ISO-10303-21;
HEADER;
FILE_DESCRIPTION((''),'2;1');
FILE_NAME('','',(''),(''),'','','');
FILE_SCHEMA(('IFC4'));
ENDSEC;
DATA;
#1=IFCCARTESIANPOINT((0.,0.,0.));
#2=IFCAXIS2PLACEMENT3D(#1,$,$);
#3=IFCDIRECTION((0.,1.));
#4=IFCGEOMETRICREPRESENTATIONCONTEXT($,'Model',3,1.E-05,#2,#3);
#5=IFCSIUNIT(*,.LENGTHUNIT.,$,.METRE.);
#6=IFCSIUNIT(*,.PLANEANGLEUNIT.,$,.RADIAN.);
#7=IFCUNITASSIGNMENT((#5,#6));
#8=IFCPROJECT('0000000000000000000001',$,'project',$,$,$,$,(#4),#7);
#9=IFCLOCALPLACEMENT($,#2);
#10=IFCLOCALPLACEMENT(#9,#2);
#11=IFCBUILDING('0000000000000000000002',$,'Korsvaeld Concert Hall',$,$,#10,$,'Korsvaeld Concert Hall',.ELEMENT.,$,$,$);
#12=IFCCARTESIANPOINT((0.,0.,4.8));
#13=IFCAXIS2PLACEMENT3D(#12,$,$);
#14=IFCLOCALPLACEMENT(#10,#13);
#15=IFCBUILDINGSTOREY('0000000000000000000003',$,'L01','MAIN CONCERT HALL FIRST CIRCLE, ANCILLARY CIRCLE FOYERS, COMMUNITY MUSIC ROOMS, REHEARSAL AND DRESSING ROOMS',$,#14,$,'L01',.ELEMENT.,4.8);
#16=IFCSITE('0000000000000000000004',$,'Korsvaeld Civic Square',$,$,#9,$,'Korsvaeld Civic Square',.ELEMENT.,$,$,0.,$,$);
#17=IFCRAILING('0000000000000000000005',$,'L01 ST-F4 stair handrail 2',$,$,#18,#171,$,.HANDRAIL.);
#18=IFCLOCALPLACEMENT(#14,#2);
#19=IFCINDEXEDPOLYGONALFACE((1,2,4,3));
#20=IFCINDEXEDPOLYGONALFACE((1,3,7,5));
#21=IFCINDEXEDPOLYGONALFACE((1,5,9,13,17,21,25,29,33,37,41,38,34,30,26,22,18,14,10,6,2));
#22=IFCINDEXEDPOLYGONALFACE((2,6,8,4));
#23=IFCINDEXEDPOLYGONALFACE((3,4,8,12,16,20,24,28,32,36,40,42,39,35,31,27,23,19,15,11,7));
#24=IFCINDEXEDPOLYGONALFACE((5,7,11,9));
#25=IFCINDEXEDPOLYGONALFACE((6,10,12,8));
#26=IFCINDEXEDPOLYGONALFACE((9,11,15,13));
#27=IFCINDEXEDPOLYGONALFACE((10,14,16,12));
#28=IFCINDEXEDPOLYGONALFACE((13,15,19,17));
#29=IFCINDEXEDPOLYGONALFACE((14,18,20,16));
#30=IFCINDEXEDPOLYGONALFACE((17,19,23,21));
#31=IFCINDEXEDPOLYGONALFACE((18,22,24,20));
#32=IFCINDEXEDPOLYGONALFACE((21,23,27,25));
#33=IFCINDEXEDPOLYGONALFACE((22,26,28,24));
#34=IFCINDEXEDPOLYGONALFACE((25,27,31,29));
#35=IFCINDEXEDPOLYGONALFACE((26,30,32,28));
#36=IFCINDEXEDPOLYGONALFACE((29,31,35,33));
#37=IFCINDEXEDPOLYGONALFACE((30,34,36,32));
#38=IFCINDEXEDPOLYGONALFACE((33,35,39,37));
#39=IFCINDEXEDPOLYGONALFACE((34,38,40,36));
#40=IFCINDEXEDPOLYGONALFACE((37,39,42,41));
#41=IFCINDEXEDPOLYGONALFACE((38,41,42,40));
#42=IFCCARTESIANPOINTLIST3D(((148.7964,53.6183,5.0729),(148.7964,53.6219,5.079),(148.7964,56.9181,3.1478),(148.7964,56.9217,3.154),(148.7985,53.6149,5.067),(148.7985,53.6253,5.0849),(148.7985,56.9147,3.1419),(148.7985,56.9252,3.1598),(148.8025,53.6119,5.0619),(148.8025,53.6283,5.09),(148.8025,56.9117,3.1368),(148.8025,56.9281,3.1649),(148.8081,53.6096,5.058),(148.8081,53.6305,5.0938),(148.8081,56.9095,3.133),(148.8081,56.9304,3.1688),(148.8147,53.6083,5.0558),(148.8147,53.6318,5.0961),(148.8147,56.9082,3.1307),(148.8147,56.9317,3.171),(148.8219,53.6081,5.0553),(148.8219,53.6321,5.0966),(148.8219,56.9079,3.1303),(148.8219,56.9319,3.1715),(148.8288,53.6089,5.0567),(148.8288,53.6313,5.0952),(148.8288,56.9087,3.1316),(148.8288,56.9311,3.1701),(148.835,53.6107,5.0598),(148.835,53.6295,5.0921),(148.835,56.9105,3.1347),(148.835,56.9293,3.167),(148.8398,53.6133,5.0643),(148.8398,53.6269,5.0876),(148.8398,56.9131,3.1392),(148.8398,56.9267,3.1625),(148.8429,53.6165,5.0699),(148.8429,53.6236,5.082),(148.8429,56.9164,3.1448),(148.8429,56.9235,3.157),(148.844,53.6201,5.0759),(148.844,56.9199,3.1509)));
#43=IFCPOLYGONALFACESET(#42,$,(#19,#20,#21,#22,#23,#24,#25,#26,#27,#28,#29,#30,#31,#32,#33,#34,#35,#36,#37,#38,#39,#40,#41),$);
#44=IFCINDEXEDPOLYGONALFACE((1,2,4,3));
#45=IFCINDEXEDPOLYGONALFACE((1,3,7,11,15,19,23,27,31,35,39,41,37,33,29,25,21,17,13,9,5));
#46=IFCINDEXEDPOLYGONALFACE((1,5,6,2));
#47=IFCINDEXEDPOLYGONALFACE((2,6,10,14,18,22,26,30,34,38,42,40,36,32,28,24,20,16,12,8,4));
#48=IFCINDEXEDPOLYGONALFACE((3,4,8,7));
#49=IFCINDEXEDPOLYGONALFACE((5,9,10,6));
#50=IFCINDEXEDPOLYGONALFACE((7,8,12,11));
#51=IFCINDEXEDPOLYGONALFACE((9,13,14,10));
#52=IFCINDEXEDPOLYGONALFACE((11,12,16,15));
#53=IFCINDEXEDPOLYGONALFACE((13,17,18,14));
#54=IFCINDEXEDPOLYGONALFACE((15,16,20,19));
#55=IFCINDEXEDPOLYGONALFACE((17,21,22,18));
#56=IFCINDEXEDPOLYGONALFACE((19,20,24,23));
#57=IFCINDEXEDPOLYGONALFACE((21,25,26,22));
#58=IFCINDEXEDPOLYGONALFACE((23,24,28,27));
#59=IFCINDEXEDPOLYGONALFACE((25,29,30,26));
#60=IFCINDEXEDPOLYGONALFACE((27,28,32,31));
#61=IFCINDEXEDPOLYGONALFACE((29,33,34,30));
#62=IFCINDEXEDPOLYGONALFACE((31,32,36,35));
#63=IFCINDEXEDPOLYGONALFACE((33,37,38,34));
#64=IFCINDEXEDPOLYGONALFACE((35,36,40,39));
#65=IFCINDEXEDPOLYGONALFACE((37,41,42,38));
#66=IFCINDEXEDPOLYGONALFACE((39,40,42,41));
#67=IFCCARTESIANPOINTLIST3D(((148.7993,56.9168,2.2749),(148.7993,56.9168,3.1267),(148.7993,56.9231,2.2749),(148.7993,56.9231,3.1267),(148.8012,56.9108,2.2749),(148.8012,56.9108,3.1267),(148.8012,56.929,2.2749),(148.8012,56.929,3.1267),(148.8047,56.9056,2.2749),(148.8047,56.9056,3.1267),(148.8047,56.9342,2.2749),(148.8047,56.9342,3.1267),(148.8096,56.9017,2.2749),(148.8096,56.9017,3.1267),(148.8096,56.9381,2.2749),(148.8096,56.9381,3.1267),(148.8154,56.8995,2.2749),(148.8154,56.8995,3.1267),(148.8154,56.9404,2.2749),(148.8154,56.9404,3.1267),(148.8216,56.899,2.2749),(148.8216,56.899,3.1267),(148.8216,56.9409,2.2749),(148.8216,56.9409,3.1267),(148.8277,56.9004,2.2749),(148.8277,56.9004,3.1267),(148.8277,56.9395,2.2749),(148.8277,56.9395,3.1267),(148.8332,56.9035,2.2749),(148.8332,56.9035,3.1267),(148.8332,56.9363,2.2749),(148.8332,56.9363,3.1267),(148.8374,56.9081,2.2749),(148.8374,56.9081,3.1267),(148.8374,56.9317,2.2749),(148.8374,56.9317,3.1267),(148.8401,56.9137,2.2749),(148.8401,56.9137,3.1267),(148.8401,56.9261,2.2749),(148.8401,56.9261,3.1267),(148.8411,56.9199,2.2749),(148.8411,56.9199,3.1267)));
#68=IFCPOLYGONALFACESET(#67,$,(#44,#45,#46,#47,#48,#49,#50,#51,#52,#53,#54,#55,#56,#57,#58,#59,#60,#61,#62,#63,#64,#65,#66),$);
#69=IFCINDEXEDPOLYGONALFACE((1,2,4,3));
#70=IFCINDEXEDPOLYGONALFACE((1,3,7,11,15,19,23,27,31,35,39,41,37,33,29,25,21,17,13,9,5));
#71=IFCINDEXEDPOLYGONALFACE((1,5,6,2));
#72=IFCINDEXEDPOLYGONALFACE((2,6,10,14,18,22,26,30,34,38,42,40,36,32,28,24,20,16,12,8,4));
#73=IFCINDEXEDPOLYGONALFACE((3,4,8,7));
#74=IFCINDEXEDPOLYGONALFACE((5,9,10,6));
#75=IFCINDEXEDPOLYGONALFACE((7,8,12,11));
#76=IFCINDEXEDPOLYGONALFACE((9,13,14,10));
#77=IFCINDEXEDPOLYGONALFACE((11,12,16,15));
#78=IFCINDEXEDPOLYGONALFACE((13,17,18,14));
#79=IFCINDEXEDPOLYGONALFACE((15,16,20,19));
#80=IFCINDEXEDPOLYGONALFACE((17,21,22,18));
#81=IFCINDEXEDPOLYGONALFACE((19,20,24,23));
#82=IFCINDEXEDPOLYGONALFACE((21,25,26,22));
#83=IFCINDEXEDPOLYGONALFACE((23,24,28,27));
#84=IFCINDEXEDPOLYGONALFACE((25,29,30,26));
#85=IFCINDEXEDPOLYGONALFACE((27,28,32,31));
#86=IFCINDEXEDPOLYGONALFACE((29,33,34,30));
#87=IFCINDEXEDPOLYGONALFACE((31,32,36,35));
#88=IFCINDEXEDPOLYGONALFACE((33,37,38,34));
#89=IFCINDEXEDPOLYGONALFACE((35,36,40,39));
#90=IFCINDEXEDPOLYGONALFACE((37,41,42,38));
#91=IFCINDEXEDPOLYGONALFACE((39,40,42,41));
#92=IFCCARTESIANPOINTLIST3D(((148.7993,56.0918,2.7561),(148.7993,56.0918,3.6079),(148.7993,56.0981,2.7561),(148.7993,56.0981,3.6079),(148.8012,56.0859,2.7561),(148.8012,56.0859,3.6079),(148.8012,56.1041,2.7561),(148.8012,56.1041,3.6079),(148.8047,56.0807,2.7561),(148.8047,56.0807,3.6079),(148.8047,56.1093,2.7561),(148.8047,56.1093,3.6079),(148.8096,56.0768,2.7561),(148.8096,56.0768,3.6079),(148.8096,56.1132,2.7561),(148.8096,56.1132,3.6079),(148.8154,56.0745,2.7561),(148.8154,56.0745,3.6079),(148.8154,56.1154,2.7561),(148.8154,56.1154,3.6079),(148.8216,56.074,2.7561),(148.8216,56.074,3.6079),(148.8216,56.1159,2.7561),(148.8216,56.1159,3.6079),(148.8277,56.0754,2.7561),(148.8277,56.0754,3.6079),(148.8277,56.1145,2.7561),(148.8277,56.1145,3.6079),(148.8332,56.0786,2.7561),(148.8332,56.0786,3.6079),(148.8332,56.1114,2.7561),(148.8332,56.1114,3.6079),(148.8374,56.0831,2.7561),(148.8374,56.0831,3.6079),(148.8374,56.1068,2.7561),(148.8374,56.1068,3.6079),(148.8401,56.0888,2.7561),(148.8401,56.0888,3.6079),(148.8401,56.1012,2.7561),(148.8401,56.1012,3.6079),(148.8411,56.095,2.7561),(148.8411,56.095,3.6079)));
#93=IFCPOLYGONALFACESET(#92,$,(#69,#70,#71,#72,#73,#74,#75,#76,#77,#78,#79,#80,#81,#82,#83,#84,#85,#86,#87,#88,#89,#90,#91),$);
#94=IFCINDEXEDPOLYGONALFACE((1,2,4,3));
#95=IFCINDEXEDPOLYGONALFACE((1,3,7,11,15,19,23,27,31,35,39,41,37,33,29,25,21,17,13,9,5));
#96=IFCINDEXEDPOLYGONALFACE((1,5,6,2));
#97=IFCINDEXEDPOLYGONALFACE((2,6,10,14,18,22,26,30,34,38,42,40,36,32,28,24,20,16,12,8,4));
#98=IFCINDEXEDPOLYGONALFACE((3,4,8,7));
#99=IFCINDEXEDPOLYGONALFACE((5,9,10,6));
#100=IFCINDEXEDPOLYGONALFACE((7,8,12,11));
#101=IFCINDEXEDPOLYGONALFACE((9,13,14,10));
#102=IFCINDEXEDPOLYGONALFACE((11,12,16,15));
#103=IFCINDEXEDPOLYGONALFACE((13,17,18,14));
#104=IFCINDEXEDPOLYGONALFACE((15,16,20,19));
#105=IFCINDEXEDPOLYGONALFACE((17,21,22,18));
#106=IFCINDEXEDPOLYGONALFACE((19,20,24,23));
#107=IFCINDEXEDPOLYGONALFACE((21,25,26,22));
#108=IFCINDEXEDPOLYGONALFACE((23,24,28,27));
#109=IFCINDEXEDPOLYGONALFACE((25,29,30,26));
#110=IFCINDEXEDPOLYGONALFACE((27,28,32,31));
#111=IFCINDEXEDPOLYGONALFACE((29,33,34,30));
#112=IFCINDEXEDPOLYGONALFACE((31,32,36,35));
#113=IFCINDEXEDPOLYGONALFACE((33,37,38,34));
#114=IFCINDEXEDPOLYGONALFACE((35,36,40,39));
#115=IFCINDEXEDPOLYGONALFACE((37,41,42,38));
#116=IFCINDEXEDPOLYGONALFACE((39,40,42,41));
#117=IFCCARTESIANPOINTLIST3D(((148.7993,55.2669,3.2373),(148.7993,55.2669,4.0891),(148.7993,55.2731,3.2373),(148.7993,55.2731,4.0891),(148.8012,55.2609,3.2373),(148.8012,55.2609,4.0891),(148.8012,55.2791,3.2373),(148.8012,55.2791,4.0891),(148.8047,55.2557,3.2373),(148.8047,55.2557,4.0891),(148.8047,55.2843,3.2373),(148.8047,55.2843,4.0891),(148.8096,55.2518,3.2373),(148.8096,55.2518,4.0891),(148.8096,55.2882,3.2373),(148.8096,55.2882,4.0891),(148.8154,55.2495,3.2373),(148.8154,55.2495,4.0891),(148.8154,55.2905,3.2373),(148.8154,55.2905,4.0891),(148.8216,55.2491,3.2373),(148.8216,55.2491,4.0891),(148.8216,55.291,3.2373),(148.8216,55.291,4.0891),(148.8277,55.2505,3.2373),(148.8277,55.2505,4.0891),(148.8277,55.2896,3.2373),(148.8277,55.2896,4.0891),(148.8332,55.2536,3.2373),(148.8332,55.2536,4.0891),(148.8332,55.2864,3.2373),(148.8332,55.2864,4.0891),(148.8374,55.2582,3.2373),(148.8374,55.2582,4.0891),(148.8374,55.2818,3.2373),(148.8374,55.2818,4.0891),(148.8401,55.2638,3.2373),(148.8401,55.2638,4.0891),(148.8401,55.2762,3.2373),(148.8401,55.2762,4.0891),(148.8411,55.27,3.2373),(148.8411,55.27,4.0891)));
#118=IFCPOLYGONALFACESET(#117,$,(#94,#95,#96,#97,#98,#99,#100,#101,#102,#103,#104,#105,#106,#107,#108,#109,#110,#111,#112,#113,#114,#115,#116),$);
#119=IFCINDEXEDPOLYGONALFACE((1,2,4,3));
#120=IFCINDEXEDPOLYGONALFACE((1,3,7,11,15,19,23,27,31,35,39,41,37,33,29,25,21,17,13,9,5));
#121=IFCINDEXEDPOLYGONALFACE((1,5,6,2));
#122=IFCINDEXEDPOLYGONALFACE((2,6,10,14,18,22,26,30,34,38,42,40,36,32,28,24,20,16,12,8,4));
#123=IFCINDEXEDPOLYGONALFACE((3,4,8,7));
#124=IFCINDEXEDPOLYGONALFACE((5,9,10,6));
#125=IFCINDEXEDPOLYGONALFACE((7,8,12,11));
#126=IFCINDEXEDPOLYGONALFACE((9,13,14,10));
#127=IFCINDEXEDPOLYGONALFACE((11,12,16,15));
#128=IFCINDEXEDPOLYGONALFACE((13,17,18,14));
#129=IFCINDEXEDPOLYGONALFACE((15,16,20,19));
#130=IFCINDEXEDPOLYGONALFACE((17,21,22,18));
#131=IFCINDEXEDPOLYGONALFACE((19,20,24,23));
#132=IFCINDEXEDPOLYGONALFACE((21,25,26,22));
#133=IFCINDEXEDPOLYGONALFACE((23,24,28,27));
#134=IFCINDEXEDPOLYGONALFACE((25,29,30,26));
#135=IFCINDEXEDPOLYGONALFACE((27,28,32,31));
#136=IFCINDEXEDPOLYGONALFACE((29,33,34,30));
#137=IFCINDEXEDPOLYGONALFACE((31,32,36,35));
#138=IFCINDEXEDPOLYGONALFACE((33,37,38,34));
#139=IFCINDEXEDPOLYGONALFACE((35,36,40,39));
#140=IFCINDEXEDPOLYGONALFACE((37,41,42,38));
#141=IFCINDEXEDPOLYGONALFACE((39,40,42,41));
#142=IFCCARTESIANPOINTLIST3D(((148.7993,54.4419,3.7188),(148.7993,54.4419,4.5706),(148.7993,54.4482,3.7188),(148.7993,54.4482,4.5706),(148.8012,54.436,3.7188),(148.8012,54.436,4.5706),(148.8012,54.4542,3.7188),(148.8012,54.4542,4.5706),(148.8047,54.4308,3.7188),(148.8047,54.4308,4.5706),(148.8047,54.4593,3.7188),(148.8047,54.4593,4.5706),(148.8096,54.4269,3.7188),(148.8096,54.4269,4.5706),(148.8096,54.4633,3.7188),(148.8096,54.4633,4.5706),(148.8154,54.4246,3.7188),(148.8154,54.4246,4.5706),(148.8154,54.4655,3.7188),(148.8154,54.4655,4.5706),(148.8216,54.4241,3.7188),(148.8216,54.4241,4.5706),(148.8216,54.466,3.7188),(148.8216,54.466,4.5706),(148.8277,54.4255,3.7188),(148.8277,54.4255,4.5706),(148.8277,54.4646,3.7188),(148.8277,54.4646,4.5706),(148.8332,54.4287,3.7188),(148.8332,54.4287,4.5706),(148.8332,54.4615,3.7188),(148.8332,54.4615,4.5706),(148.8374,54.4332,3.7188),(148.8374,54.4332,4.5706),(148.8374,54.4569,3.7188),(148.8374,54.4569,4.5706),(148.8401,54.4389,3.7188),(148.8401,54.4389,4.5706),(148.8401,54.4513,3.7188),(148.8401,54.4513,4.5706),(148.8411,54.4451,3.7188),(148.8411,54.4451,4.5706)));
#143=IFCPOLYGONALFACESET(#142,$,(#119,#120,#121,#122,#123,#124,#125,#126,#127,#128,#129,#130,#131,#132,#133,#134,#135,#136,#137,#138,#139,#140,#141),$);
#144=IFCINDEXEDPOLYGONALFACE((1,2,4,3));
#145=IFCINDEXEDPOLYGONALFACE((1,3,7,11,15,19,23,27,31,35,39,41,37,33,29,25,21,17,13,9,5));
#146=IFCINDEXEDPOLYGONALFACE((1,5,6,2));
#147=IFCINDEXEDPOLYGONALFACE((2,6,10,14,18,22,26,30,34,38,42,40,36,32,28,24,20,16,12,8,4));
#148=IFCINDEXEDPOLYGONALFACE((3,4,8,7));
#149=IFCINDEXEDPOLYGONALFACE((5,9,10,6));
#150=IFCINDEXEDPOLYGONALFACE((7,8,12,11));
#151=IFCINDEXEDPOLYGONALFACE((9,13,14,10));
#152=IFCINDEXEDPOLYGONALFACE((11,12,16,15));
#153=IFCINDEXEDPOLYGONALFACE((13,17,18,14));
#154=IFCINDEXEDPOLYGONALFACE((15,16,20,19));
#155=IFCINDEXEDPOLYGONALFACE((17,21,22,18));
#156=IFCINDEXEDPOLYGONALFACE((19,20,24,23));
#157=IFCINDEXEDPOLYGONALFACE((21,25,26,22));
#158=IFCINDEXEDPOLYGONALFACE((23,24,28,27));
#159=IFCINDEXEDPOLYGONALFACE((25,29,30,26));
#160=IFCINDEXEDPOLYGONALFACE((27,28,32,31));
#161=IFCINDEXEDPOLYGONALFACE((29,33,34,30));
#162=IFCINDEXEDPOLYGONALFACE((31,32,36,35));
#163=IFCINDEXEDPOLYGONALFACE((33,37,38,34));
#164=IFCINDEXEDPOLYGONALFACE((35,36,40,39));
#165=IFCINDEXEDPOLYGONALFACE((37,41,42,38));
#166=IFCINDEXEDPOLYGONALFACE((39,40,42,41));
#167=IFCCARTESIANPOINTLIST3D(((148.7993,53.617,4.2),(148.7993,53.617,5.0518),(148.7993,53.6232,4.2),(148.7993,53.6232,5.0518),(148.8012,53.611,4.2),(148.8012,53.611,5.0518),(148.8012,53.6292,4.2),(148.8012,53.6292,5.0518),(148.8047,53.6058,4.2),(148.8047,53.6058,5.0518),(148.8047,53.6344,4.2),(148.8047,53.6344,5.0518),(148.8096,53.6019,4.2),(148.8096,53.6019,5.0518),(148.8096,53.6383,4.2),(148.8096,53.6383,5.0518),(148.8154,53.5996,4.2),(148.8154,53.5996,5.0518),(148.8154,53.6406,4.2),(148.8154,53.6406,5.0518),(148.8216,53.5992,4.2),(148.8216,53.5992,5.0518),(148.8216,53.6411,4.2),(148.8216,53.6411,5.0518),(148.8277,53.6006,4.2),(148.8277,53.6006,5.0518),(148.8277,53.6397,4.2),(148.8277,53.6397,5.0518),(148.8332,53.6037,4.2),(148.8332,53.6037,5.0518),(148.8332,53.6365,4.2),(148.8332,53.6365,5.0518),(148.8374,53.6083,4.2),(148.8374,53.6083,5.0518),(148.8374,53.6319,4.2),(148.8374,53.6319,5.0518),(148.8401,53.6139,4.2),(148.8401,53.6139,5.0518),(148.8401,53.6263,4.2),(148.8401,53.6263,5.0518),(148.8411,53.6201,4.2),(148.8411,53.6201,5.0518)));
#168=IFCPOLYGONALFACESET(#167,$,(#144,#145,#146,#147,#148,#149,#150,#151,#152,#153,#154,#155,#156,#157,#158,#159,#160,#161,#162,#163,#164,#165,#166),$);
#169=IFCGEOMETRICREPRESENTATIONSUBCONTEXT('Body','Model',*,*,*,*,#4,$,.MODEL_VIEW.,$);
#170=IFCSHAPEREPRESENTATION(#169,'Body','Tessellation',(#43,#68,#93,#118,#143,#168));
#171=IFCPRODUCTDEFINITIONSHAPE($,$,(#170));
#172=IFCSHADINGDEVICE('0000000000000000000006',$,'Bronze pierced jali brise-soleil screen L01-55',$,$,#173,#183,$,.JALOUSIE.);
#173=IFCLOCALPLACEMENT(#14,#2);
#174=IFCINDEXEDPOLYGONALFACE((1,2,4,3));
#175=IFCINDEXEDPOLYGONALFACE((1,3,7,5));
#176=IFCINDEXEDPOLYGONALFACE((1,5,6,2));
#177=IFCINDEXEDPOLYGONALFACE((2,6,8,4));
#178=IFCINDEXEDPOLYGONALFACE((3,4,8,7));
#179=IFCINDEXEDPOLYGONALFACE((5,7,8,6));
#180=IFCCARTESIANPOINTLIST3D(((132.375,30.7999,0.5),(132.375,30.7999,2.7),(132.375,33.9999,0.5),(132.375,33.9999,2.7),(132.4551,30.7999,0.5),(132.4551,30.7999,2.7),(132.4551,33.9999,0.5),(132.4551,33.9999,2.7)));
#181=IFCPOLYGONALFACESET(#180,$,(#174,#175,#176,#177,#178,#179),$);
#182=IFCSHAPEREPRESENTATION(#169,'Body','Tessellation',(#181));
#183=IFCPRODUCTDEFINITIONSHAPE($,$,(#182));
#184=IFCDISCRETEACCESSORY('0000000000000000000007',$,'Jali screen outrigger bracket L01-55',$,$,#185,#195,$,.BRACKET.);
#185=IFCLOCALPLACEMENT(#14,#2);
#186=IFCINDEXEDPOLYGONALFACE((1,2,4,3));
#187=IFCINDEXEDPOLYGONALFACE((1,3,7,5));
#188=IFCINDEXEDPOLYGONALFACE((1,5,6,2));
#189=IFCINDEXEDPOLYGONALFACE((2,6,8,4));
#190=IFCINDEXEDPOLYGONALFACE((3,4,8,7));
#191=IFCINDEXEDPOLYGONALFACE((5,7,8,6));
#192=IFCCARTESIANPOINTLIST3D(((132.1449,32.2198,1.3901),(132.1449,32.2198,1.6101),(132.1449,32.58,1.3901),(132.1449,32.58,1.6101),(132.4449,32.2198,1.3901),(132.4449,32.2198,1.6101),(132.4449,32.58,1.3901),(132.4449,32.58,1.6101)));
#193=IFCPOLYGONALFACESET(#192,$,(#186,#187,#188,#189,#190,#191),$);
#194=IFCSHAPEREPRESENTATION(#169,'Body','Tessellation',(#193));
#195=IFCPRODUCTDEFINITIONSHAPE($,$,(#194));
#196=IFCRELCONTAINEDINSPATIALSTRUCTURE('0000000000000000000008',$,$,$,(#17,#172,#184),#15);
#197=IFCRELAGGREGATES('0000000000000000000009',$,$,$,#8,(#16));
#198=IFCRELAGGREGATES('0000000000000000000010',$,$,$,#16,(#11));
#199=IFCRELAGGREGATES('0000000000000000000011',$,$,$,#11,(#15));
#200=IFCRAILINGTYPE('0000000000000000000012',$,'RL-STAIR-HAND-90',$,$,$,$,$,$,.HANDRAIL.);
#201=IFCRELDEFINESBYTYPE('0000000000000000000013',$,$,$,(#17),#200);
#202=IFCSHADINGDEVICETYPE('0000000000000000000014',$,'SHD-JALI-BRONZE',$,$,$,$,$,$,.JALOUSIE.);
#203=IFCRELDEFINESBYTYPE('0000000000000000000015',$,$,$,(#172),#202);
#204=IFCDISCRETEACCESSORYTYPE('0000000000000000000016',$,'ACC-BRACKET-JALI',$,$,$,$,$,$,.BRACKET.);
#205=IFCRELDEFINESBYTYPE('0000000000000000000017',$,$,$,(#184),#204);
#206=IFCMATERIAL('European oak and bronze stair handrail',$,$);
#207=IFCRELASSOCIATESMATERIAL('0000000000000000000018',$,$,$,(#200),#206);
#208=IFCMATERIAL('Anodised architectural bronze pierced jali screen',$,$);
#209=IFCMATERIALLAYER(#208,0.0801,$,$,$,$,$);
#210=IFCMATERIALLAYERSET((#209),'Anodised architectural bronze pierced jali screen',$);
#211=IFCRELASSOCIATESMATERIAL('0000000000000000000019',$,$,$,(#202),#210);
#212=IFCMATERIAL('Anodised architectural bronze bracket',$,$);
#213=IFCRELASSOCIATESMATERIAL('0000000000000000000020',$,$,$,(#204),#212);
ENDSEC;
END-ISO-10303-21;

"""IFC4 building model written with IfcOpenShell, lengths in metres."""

from ifc_helpers import new_model, si_unit, direction, frame, origin, origin_2d, place, context, subcontext, project, spatial, rectangle, circle, extrude, material, layer, layer_set, type_object, element, save


model = new_model("IFC4")

# Units and contexts
model_context = context("Model", 3, precision=1e-05, world=origin(), true_north=direction((0.0, 1.0)))
body_context = subcontext(model_context, "Body", "Model", "MODEL_VIEW")
ifc_project = project(units=[si_unit("LENGTHUNIT", "METRE"), si_unit("PLANEANGLEUNIT", "RADIAN")], contexts=[model_context])

# Site, building, storey
site_placement = place(None, origin())
site = spatial("IfcSite", under=ifc_project, at=site_placement, Name="Korsvaeld Civic Square", LongName="Korsvaeld Civic Square", CompositionType="ELEMENT", RefElevation=0.0)
building_placement = place(site_placement, origin())
building = spatial("IfcBuilding", under=site, at=building_placement, Name="Korsvaeld Concert Hall", LongName="Korsvaeld Concert Hall", CompositionType="ELEMENT")
storey_placement = place(building_placement, frame((0.0, 0.0, 4.8)))
storey = spatial("IfcBuildingStorey", under=building, at=storey_placement, Name="L01", Description="MAIN CONCERT HALL FIRST CIRCLE, ANCILLARY CIRCLE FOYERS, COMMUNITY MUSIC ROOMS, REHEARSAL AND DRESSING ROOMS", LongName="L01", CompositionType="ELEMENT", Elevation=4.8)

# Railing
ifc_material_1 = material(Name="European oak and bronze stair handrail")
railing_type = type_object("IfcRailingType", Name="RL-STAIR-HAND-90", PredefinedType="HANDRAIL", material=ifc_material_1)
railing_placement = place(storey_placement, frame((148.8201, 56.9199, 2.2749)))
element("IfcRailing", 1, at=railing_placement, inside=storey, type_object=railing_type, Name="L01 ST-F4 stair handrail 2", PredefinedType="HANDRAIL", context=body_context, shape_type="SweptSolid", body=[
    extrude(circle(Radius=0.0239, at=origin_2d()), frame((0.0, 0.0, 0.876), z_axis=(0.0, -0.86376, 0.503903), x_axis=(1.0, 0.0, 0.0)), (0.0, 0.0, 1.0), 3.8203),
    extrude(circle(Radius=0.021, at=origin_2d()), origin(), (0.0, 0.0, 1.0), 0.8518),
    extrude(circle(Radius=0.021, at=origin_2d()), frame((0.0, -0.825, 0.4812)), (0.0, 0.0, 1.0), 0.8518),
    extrude(circle(Radius=0.021, at=origin_2d()), frame((0.0, -1.6499, 0.9624)), (0.0, 0.0, 1.0), 0.8518),
    extrude(circle(Radius=0.021, at=origin_2d()), frame((0.0, -2.4749, 1.4438)), (0.0, 0.0, 1.0), 0.8518),
    extrude(circle(Radius=0.021, at=origin_2d()), frame((0.0, -3.2998, 1.925)), (0.0, 0.0, 1.0), 0.8518),
])

# Shading device
ifc_material_2 = material(Name="Anodised architectural bronze pierced jali screen")
ifc_layer_1 = layer(ifc_material_2, 0.0801)
ifc_layer_set_1 = layer_set([ifc_layer_1], Name="Anodised architectural bronze pierced jali screen")
shading_device_type = type_object("IfcShadingDeviceType", Name="SHD-JALI-BRONZE", PredefinedType="JALOUSIE", material=ifc_layer_set_1)
shading_device_placement = place(storey_placement, frame((132.415, 32.3999, 0.5), z_axis=(0.0, 0.0, 1.0), x_axis=(0.0, 1.0, 0.0)))
element("IfcShadingDevice", 2, at=shading_device_placement, inside=storey, type_object=shading_device_type, Name="Bronze pierced jali brise-soleil screen L01-55", PredefinedType="JALOUSIE", context=body_context, shape_type="SweptSolid", body=[
    extrude(rectangle(XDim=3.2, YDim=0.0801, at=origin_2d()), origin(), (0.0, 0.0, 1.0), 2.2),
])

# Discrete accessory
ifc_material_3 = material(Name="Anodised architectural bronze bracket")
discrete_accessory_type = type_object("IfcDiscreteAccessoryType", Name="ACC-BRACKET-JALI", PredefinedType="BRACKET", material=ifc_material_3)
discrete_accessory_placement = place(storey_placement, frame((132.2949, 32.3999, 1.3901), z_axis=(0.0, 0.0, 1.0), x_axis=(0.0, 1.0, 0.0)))
element("IfcDiscreteAccessory", 3, at=discrete_accessory_placement, inside=storey, type_object=discrete_accessory_type, Name="Jali screen outrigger bracket L01-55", PredefinedType="BRACKET", context=body_context, shape_type="SweptSolid", body=[
    extrude(rectangle(XDim=0.3601, YDim=0.3, at=origin_2d()), origin(), (0.0, 0.0, 1.0), 0.22),
])

save(model, "model.ifc")
